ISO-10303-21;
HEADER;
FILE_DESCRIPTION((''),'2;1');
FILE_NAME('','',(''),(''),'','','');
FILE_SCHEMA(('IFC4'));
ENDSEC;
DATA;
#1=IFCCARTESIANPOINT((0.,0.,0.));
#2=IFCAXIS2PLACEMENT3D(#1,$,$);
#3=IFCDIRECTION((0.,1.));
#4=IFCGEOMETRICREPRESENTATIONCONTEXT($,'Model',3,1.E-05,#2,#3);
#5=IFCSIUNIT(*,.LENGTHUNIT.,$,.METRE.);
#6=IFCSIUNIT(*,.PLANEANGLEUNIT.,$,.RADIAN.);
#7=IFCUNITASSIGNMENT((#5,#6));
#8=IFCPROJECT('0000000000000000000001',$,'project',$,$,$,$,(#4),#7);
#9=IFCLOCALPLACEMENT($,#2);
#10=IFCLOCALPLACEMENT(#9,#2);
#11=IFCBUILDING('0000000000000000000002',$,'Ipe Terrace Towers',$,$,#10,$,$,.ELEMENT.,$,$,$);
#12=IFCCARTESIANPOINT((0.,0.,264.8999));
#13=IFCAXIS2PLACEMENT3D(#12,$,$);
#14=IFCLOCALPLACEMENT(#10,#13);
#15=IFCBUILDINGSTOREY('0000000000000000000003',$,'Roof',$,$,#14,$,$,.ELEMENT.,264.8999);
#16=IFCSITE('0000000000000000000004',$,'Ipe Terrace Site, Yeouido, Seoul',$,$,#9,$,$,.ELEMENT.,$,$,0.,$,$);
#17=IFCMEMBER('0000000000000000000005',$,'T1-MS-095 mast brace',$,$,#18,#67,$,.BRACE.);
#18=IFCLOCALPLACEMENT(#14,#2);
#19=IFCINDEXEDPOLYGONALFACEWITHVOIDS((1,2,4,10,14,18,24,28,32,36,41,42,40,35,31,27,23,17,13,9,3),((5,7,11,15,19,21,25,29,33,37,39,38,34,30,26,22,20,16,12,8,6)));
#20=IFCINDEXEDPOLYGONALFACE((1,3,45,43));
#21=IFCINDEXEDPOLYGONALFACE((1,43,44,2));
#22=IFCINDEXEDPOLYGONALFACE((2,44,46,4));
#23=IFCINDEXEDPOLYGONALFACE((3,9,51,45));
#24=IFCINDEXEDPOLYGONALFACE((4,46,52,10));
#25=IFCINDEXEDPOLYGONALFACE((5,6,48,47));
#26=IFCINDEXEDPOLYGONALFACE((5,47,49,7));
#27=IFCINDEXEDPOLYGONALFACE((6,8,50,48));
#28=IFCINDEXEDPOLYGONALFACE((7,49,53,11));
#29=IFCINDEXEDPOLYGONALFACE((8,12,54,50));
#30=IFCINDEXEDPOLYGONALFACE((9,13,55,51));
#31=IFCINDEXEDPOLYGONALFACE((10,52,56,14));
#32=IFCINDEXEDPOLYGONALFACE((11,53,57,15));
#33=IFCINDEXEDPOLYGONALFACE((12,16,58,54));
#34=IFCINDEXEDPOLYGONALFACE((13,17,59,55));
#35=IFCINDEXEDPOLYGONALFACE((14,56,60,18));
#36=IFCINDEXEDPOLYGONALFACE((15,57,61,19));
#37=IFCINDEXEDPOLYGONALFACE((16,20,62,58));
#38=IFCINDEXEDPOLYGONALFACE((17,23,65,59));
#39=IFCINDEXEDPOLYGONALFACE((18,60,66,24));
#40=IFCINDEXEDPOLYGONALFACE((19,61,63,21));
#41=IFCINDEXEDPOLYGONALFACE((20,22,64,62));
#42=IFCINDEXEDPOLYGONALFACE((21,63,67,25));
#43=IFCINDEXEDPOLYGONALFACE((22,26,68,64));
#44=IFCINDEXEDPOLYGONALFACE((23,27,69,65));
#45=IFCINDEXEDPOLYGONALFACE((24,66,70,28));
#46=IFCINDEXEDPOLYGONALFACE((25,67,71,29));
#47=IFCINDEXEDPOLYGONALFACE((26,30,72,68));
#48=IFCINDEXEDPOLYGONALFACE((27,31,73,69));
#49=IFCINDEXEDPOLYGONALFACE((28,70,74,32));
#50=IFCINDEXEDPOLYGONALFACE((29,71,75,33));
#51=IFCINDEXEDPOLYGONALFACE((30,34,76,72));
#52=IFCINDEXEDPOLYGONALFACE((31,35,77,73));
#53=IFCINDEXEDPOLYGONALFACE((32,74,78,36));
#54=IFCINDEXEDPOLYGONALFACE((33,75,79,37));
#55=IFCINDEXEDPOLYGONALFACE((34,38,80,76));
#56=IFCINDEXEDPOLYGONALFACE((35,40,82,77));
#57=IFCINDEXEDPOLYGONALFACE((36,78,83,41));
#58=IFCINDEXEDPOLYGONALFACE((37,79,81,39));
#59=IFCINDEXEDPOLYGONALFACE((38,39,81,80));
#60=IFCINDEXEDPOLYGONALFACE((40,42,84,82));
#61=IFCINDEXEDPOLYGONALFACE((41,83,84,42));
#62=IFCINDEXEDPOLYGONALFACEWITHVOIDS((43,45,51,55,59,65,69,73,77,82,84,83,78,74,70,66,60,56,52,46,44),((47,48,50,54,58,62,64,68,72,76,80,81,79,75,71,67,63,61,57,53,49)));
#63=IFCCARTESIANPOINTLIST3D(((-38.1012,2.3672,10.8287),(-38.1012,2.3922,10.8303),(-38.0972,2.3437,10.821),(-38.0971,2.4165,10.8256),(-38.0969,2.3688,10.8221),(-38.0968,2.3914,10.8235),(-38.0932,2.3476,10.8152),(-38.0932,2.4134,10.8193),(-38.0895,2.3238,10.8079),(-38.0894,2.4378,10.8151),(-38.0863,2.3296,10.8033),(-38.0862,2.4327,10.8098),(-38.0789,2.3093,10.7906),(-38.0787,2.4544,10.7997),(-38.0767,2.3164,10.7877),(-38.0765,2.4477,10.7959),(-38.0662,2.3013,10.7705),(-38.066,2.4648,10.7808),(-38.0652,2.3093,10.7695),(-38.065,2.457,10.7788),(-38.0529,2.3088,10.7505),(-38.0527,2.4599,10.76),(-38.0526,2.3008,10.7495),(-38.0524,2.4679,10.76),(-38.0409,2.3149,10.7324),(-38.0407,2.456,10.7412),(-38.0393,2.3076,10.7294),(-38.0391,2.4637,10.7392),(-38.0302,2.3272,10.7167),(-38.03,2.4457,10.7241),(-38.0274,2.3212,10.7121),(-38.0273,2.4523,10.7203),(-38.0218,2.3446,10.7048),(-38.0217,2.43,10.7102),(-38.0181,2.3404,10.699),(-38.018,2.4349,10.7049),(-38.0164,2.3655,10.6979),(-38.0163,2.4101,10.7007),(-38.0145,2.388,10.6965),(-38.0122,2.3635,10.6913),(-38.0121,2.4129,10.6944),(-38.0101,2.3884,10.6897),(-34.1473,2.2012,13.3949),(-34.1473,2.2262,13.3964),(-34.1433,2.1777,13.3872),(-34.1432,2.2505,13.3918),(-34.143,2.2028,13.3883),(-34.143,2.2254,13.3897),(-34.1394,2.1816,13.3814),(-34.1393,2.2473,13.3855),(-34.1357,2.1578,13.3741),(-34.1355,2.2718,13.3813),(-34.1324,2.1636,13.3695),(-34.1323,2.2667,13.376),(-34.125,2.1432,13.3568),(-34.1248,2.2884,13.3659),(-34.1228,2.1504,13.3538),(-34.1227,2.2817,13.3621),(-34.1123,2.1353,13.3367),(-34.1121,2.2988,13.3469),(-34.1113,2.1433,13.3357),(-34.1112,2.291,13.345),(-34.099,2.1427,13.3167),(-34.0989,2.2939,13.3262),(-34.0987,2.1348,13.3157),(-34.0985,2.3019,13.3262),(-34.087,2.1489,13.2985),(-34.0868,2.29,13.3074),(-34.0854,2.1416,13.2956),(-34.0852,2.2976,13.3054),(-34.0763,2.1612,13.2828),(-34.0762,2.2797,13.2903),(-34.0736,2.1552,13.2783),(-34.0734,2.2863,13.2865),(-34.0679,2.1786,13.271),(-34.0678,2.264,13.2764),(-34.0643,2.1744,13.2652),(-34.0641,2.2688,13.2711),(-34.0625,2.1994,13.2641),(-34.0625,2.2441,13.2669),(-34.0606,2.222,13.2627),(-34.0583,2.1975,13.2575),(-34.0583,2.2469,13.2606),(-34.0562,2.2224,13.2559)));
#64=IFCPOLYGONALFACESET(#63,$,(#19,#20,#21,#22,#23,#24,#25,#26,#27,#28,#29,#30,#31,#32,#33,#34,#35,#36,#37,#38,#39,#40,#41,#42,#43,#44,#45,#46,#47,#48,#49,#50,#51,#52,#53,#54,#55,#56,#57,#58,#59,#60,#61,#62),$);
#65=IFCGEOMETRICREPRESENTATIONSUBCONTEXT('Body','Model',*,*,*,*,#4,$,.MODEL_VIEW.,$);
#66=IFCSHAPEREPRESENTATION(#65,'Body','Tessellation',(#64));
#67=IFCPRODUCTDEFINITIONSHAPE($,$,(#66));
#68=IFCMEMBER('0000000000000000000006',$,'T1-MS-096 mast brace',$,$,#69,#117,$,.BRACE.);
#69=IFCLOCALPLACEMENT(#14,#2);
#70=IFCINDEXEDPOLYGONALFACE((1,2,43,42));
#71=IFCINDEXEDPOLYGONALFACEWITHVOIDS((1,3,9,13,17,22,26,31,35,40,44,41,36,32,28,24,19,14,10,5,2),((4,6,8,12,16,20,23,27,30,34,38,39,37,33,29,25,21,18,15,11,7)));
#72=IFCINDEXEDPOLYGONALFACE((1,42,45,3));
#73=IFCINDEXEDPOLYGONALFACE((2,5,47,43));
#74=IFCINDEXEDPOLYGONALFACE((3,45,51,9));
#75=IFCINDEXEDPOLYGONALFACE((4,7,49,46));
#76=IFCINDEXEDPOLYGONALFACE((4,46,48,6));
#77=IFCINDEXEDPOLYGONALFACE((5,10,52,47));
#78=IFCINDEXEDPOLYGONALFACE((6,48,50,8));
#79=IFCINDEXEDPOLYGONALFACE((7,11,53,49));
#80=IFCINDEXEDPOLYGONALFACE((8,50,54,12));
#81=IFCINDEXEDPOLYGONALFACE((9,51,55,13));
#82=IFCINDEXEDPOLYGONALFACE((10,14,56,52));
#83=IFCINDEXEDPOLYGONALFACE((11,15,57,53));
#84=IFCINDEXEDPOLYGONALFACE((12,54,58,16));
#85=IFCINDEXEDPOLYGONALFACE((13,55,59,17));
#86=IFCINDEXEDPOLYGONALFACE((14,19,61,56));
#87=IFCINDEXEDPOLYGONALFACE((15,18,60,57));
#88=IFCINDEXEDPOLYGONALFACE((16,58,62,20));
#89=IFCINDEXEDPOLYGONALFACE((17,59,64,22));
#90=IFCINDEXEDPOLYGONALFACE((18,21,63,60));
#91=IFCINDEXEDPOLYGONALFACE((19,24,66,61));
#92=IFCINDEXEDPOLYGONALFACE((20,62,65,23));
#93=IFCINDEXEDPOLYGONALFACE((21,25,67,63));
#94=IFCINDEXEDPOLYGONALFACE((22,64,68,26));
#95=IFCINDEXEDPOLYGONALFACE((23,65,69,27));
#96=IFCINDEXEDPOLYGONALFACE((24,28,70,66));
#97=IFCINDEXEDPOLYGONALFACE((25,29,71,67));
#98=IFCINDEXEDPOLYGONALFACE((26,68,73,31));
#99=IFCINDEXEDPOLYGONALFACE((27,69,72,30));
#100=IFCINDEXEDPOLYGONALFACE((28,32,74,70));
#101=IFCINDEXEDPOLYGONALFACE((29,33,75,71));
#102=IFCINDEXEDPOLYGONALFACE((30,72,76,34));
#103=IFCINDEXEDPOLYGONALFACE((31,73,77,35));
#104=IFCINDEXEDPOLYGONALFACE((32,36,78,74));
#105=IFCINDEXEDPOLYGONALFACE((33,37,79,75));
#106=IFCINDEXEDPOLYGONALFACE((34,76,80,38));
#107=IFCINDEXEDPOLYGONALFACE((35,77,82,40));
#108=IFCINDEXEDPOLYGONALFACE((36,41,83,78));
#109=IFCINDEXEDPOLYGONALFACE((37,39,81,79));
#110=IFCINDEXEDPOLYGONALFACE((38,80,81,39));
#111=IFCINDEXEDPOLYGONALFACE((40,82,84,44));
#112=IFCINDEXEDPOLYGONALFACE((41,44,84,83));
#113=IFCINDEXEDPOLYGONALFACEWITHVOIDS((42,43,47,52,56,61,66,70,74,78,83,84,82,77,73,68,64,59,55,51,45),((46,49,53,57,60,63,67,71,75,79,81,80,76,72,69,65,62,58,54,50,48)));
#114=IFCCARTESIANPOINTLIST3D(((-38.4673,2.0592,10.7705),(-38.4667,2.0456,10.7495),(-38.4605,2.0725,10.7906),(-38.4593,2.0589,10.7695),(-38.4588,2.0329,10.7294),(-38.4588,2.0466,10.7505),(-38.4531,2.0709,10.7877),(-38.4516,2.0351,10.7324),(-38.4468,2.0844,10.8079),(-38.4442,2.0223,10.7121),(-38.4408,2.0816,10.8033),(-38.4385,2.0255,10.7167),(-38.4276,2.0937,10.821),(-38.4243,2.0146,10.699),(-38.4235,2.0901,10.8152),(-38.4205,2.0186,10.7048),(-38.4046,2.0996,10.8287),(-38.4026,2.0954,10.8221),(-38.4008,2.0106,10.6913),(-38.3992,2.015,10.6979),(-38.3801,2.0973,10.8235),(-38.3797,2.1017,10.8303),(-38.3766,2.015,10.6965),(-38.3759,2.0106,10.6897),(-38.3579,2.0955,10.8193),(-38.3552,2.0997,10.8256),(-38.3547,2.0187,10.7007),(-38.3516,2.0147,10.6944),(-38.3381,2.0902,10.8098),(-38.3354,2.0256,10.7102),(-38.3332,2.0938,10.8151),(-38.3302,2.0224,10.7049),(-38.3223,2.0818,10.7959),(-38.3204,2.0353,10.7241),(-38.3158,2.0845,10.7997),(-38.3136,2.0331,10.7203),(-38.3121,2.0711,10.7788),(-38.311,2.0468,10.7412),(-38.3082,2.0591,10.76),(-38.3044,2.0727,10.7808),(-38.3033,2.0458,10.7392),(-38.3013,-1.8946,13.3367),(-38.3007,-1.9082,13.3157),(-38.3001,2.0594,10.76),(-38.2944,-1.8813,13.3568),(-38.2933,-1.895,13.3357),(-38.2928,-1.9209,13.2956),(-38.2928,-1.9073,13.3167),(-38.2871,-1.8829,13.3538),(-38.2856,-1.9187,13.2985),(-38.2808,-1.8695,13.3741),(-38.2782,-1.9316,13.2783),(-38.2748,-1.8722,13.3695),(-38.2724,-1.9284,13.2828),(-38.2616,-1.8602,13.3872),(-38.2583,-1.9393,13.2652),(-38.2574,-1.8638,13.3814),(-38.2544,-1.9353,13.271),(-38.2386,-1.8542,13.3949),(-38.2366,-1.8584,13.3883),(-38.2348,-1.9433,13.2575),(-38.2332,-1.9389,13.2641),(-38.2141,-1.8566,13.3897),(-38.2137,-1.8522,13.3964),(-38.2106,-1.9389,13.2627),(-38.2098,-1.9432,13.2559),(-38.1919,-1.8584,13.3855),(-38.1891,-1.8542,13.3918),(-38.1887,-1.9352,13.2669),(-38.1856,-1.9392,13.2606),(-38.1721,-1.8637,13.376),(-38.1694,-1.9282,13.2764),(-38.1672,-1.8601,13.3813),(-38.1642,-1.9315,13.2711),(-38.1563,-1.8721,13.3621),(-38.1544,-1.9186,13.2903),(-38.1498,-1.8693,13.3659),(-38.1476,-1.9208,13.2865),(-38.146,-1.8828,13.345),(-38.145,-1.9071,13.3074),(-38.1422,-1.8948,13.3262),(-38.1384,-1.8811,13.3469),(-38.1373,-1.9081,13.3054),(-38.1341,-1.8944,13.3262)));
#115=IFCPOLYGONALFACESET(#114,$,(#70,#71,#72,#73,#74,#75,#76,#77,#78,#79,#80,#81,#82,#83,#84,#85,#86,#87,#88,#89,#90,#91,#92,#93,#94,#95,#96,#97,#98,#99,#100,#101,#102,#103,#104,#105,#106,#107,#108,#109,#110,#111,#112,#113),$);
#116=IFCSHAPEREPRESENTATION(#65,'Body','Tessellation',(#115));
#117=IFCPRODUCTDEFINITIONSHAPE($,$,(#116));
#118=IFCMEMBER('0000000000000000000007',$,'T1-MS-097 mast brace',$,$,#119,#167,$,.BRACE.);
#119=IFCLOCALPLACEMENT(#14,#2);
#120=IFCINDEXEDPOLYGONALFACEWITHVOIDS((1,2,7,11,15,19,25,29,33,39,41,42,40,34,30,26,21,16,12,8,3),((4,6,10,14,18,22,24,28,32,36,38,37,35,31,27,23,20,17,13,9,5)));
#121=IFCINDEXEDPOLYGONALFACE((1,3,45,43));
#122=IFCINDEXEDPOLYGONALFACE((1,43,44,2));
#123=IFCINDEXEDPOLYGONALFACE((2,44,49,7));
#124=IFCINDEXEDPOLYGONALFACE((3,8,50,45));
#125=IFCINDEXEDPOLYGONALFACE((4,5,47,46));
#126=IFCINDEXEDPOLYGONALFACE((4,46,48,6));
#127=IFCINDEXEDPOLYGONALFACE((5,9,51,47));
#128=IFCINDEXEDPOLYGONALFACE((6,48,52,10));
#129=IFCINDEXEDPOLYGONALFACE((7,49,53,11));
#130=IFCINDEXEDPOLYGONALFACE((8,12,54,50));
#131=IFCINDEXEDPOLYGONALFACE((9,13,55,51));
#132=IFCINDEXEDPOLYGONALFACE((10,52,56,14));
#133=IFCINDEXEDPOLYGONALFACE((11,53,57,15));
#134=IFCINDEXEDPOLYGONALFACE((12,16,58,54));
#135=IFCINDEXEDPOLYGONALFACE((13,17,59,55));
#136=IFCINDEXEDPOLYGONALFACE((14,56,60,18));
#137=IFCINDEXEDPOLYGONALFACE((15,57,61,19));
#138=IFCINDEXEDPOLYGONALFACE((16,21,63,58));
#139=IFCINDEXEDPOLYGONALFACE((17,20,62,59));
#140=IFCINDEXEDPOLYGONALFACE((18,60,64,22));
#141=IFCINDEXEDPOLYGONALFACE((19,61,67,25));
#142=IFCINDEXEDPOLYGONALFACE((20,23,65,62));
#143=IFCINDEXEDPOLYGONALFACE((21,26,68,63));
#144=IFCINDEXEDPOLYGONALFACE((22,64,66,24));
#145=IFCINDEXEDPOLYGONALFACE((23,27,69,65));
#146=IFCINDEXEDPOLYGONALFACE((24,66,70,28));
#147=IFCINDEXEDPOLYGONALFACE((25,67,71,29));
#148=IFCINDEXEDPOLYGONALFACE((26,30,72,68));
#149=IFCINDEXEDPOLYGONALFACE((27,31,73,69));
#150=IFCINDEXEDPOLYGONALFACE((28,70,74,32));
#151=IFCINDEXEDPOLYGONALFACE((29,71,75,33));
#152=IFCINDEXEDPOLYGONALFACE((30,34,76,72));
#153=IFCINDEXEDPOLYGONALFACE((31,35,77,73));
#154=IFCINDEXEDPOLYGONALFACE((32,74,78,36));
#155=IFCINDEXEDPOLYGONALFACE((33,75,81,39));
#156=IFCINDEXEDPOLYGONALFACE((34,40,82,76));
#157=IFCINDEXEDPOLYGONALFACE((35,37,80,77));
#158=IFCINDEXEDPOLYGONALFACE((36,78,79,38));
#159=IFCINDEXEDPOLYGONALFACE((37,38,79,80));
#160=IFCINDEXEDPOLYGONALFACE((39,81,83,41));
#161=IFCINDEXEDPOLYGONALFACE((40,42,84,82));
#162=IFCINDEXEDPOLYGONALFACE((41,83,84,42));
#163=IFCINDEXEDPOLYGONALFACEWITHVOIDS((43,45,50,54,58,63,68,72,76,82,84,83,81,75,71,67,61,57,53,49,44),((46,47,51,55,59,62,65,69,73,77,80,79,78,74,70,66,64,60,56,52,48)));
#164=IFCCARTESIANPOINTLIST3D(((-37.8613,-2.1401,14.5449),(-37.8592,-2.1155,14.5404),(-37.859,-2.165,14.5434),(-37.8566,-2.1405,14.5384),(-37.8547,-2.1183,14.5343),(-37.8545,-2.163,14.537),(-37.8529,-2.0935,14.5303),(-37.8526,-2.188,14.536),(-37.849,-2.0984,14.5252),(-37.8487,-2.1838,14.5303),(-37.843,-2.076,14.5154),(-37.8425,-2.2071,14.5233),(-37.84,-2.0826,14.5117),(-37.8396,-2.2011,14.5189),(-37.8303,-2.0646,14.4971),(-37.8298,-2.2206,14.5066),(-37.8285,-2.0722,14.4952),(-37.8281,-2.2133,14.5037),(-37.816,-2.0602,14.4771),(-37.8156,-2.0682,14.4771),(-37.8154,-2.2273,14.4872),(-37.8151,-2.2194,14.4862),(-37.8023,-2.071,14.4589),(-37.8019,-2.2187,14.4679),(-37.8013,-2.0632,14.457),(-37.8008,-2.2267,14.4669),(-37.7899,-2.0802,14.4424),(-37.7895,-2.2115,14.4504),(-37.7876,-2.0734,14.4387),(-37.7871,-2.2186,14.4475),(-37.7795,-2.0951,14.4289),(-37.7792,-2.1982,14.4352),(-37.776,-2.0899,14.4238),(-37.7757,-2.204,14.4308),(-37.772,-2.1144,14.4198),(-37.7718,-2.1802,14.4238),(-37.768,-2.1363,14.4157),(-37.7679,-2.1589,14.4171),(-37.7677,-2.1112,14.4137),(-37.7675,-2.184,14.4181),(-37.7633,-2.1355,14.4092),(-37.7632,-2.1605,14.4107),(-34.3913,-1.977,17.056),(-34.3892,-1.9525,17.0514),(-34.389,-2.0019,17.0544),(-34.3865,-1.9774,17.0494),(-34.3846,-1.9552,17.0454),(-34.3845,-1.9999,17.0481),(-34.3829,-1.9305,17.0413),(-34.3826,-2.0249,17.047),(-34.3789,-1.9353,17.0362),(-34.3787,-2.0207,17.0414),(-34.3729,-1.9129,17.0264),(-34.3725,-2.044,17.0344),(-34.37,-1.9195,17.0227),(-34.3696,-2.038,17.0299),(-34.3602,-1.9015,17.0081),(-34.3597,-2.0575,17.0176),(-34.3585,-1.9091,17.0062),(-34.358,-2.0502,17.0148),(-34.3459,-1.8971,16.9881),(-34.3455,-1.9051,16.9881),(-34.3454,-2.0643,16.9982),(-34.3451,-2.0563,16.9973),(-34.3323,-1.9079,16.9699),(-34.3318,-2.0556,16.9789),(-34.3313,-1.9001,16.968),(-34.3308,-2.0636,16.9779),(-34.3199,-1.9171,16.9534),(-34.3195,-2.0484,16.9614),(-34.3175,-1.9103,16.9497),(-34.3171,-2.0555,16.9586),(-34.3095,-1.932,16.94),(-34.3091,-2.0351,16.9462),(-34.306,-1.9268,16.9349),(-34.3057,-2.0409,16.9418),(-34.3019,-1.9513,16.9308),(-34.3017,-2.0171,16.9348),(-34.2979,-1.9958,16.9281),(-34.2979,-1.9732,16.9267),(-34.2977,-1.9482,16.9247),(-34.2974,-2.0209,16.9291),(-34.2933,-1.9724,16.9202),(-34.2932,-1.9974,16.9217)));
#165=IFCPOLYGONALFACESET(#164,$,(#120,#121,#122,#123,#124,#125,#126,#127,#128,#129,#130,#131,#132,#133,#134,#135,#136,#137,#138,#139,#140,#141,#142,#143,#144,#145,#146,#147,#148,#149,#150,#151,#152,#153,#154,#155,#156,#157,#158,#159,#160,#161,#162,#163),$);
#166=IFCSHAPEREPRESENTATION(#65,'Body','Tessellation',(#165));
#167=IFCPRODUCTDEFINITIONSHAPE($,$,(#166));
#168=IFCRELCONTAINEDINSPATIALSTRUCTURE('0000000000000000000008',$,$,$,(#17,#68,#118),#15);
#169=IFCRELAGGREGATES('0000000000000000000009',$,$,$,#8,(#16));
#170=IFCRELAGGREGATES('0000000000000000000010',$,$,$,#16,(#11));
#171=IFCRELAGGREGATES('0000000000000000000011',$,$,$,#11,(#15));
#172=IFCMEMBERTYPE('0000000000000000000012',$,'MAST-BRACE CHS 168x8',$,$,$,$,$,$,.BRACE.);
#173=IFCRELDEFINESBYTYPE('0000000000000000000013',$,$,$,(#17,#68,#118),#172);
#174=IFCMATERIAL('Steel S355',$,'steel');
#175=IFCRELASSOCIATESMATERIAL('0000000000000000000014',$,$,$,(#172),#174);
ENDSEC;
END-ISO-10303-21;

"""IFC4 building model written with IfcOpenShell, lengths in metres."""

from ifc_helpers import new_model, si_unit, direction, frame, origin, origin_2d, place, context, subcontext, project, spatial, hollow_circle, extrude, material, material_profile, profile_set, type_object, element, save


model = new_model("IFC4")

# Units and contexts
model_context = context("Model", 3, precision=1e-05, world=origin(), true_north=direction((0.0, 1.0)))
body_context = subcontext(model_context, "Body", "Model", "MODEL_VIEW")
ifc_project = project(units=[si_unit("LENGTHUNIT", "METRE"), si_unit("PLANEANGLEUNIT", "RADIAN")], contexts=[model_context])

# Site, building, storey
site_placement = place(None, origin())
site = spatial("IfcSite", under=ifc_project, at=site_placement, Name="Ipe Terrace Site, Yeouido, Seoul", CompositionType="ELEMENT", RefElevation=0.0)
building_placement = place(site_placement, origin())
building = spatial("IfcBuilding", under=site, at=building_placement, Name="Ipe Terrace Towers", CompositionType="ELEMENT")
storey_placement = place(building_placement, frame((0.0, 0.0, 264.8999)))
storey = spatial("IfcBuildingStorey", under=building, at=storey_placement, Name="Roof", CompositionType="ELEMENT", Elevation=264.8999)

# Members
ifc_material_1 = material(Name="Steel S355", Category="steel")
ifc_material_profile_1 = material_profile(ifc_material_1, hollow_circle(Radius=0.084, WallThickness=0.0081, at=origin_2d()), Name="MAST-BRACE CHS 168x8")
ifc_profile_set_1 = profile_set([ifc_material_profile_1], Name="Steel S355")
member_type_1 = type_object("IfcMemberType", Name="MAST-BRACE CHS 168x8", PredefinedType="BRACE", material=ifc_profile_set_1)
for number, where, z_axis, x_axis, name in (
    (1, (-38.0559, 2.384, 10.76), (0.838296, -0.035199, 0.544077), (0.041951, 0.99912, 0.0), "T1-MS-095 mast brace"),
    (2, (-38.384, 2.0559, 10.76), (0.035199, -0.838296, 0.544077), (0.99912, 0.041951, 0.0), "T1-MS-096 mast brace"),
):
    element("IfcMember", number, at=place(storey_placement, frame(where, z_axis=z_axis, x_axis=x_axis)), inside=storey, type_object=member_type_1, Name=name, PredefinedType="BRACE", context=body_context, shape_type="SweptSolid", body=[
        extrude(hollow_circle(Radius=0.084, WallThickness=0.0081, at=origin_2d()), origin(), (0.0, 0.0, 1.0), 4.7166),
    ])
for number, where, z_axis, x_axis, name in (
    (3, (-37.812, -2.144, 14.4771), (0.80955, 0.038048, 0.585817), (-0.046947, 0.998897, 0.0), "T1-MS-097 mast brace"),
):
    element("IfcMember", number, at=place(storey_placement, frame(where, z_axis=z_axis, x_axis=x_axis)), inside=storey, type_object=member_type_1, Name=name, PredefinedType="BRACE", context=body_context, shape_type="SweptSolid", body=[
        extrude(hollow_circle(Radius=0.084, WallThickness=0.0081, at=origin_2d()), origin(), (0.0, 0.0, 1.0), 4.2864),
    ])

save(model, "model.ifc")
